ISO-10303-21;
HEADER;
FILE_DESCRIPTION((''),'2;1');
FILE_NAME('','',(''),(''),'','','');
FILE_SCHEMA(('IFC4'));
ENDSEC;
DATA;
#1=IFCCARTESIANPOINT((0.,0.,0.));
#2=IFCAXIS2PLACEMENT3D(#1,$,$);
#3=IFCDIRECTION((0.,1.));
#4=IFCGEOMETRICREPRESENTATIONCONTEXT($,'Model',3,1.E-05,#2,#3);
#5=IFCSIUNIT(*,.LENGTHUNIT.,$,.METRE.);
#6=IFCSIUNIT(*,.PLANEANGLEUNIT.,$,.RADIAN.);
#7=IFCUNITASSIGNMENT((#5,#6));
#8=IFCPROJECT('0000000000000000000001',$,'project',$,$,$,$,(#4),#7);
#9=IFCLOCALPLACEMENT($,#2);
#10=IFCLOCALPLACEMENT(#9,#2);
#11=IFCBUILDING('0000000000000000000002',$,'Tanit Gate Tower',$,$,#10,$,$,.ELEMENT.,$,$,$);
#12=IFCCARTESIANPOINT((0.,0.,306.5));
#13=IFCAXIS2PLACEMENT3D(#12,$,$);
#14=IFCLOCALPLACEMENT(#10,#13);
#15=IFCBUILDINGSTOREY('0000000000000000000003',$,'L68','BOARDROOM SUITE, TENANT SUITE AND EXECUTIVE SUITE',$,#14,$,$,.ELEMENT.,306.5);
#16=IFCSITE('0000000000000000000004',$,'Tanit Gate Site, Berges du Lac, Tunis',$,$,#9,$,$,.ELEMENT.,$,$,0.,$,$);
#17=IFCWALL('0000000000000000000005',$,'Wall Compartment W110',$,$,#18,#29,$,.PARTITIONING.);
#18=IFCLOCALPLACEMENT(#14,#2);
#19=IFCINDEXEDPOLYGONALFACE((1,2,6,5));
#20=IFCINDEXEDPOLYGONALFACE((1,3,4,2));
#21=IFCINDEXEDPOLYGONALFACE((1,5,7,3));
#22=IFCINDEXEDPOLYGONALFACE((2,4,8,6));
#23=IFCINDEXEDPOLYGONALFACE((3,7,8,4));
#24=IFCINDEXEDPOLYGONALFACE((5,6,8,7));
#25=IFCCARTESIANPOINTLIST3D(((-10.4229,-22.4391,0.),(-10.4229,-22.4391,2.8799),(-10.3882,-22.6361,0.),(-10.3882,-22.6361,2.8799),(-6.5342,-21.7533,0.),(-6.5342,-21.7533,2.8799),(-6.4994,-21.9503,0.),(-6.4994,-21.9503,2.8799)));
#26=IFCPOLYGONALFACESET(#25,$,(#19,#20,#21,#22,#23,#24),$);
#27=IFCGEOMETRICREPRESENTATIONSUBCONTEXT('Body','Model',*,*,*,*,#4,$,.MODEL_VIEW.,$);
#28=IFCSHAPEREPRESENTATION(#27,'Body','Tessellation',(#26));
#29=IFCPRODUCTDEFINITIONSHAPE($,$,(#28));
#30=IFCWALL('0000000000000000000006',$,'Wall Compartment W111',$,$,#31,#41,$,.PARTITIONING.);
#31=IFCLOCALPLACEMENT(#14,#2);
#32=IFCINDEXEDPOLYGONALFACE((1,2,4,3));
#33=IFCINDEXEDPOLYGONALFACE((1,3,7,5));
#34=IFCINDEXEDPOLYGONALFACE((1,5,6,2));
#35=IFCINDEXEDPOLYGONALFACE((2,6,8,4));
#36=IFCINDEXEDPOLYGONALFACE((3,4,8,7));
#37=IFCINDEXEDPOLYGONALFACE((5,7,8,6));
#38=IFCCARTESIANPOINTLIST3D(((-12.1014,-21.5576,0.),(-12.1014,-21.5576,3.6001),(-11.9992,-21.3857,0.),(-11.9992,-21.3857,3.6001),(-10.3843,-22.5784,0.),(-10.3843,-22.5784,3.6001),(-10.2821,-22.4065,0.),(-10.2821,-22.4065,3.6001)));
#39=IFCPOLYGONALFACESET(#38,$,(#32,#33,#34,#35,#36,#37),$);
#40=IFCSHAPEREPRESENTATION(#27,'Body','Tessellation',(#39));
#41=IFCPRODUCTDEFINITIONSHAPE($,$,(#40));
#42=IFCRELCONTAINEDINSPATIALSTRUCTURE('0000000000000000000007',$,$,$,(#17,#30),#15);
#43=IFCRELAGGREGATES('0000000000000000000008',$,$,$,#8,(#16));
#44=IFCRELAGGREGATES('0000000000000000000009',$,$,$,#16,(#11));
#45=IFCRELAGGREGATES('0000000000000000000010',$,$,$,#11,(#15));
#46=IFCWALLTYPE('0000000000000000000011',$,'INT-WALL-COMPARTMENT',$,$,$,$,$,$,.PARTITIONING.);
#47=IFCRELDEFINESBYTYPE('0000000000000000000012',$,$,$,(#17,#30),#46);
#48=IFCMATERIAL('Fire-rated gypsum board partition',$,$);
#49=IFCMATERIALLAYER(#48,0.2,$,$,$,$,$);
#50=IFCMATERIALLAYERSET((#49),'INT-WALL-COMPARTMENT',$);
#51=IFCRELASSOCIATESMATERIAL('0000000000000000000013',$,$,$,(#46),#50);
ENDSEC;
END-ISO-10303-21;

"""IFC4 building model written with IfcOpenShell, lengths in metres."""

from ifc_helpers import new_model, si_unit, direction, frame, frame_2d, origin, place, context, subcontext, project, spatial, rectangle, extrude, material, layer, layer_set, type_object, element, save


model = new_model("IFC4")

# Units and contexts
model_context = context("Model", 3, precision=1e-05, world=origin(), true_north=direction((0.0, 1.0)))
body_context = subcontext(model_context, "Body", "Model", "MODEL_VIEW")
ifc_project = project(units=[si_unit("LENGTHUNIT", "METRE"), si_unit("PLANEANGLEUNIT", "RADIAN")], contexts=[model_context])

# Site, building, storey
site_placement = place(None, origin())
site = spatial("IfcSite", under=ifc_project, at=site_placement, Name="Tanit Gate Site, Berges du Lac, Tunis", CompositionType="ELEMENT", RefElevation=0.0)
building_placement = place(site_placement, origin())
building = spatial("IfcBuilding", under=site, at=building_placement, Name="Tanit Gate Tower", CompositionType="ELEMENT")
storey_placement = place(building_placement, frame((0.0, 0.0, 306.5)))
storey = spatial("IfcBuildingStorey", under=building, at=storey_placement, Name="L68", Description="BOARDROOM SUITE, TENANT SUITE AND EXECUTIVE SUITE", CompositionType="ELEMENT", Elevation=306.5)

# Shared definitions
ifc_material_1 = material(Name="Fire-rated gypsum board partition")
ifc_layer_1 = layer(ifc_material_1, 0.2)
ifc_layer_set_1 = layer_set([ifc_layer_1], Name="INT-WALL-COMPARTMENT")
wall_type_1 = type_object("IfcWallType", Name="INT-WALL-COMPARTMENT", PredefinedType="PARTITIONING", material=ifc_layer_set_1)

# Walls
wall_1_placement = place(storey_placement, frame((-10.4055, -22.5376, 0.0), z_axis=(0.0, 0.0, 1.0), x_axis=(0.984803, 0.173676, 0.0)))
element("IfcWall", 1, at=wall_1_placement, inside=storey, type_object=wall_type_1, Name="Wall Compartment W110", PredefinedType="PARTITIONING", context=body_context, shape_type="SweptSolid", body=[
    extrude(rectangle(XDim=3.9487, YDim=0.2, at=frame_2d((1.9744, 0.0))), origin(), (0.0, 0.0, 1.0), 2.8799),
])
wall_2_placement = place(storey_placement, frame((-12.0503, -21.4717, 0.0), z_axis=(0.0, 0.0, 1.0), x_axis=(0.859578, -0.511005, 0.0)))
element("IfcWall", 2, at=wall_2_placement, inside=storey, type_object=wall_type_1, Name="Wall Compartment W111", PredefinedType="PARTITIONING", context=body_context, shape_type="SweptSolid", body=[
    extrude(rectangle(XDim=1.9976, YDim=0.2, at=frame_2d((0.9988, 0.0))), origin(), (0.0, 0.0, 1.0), 3.6001),
])

save(model, "model.ifc")
